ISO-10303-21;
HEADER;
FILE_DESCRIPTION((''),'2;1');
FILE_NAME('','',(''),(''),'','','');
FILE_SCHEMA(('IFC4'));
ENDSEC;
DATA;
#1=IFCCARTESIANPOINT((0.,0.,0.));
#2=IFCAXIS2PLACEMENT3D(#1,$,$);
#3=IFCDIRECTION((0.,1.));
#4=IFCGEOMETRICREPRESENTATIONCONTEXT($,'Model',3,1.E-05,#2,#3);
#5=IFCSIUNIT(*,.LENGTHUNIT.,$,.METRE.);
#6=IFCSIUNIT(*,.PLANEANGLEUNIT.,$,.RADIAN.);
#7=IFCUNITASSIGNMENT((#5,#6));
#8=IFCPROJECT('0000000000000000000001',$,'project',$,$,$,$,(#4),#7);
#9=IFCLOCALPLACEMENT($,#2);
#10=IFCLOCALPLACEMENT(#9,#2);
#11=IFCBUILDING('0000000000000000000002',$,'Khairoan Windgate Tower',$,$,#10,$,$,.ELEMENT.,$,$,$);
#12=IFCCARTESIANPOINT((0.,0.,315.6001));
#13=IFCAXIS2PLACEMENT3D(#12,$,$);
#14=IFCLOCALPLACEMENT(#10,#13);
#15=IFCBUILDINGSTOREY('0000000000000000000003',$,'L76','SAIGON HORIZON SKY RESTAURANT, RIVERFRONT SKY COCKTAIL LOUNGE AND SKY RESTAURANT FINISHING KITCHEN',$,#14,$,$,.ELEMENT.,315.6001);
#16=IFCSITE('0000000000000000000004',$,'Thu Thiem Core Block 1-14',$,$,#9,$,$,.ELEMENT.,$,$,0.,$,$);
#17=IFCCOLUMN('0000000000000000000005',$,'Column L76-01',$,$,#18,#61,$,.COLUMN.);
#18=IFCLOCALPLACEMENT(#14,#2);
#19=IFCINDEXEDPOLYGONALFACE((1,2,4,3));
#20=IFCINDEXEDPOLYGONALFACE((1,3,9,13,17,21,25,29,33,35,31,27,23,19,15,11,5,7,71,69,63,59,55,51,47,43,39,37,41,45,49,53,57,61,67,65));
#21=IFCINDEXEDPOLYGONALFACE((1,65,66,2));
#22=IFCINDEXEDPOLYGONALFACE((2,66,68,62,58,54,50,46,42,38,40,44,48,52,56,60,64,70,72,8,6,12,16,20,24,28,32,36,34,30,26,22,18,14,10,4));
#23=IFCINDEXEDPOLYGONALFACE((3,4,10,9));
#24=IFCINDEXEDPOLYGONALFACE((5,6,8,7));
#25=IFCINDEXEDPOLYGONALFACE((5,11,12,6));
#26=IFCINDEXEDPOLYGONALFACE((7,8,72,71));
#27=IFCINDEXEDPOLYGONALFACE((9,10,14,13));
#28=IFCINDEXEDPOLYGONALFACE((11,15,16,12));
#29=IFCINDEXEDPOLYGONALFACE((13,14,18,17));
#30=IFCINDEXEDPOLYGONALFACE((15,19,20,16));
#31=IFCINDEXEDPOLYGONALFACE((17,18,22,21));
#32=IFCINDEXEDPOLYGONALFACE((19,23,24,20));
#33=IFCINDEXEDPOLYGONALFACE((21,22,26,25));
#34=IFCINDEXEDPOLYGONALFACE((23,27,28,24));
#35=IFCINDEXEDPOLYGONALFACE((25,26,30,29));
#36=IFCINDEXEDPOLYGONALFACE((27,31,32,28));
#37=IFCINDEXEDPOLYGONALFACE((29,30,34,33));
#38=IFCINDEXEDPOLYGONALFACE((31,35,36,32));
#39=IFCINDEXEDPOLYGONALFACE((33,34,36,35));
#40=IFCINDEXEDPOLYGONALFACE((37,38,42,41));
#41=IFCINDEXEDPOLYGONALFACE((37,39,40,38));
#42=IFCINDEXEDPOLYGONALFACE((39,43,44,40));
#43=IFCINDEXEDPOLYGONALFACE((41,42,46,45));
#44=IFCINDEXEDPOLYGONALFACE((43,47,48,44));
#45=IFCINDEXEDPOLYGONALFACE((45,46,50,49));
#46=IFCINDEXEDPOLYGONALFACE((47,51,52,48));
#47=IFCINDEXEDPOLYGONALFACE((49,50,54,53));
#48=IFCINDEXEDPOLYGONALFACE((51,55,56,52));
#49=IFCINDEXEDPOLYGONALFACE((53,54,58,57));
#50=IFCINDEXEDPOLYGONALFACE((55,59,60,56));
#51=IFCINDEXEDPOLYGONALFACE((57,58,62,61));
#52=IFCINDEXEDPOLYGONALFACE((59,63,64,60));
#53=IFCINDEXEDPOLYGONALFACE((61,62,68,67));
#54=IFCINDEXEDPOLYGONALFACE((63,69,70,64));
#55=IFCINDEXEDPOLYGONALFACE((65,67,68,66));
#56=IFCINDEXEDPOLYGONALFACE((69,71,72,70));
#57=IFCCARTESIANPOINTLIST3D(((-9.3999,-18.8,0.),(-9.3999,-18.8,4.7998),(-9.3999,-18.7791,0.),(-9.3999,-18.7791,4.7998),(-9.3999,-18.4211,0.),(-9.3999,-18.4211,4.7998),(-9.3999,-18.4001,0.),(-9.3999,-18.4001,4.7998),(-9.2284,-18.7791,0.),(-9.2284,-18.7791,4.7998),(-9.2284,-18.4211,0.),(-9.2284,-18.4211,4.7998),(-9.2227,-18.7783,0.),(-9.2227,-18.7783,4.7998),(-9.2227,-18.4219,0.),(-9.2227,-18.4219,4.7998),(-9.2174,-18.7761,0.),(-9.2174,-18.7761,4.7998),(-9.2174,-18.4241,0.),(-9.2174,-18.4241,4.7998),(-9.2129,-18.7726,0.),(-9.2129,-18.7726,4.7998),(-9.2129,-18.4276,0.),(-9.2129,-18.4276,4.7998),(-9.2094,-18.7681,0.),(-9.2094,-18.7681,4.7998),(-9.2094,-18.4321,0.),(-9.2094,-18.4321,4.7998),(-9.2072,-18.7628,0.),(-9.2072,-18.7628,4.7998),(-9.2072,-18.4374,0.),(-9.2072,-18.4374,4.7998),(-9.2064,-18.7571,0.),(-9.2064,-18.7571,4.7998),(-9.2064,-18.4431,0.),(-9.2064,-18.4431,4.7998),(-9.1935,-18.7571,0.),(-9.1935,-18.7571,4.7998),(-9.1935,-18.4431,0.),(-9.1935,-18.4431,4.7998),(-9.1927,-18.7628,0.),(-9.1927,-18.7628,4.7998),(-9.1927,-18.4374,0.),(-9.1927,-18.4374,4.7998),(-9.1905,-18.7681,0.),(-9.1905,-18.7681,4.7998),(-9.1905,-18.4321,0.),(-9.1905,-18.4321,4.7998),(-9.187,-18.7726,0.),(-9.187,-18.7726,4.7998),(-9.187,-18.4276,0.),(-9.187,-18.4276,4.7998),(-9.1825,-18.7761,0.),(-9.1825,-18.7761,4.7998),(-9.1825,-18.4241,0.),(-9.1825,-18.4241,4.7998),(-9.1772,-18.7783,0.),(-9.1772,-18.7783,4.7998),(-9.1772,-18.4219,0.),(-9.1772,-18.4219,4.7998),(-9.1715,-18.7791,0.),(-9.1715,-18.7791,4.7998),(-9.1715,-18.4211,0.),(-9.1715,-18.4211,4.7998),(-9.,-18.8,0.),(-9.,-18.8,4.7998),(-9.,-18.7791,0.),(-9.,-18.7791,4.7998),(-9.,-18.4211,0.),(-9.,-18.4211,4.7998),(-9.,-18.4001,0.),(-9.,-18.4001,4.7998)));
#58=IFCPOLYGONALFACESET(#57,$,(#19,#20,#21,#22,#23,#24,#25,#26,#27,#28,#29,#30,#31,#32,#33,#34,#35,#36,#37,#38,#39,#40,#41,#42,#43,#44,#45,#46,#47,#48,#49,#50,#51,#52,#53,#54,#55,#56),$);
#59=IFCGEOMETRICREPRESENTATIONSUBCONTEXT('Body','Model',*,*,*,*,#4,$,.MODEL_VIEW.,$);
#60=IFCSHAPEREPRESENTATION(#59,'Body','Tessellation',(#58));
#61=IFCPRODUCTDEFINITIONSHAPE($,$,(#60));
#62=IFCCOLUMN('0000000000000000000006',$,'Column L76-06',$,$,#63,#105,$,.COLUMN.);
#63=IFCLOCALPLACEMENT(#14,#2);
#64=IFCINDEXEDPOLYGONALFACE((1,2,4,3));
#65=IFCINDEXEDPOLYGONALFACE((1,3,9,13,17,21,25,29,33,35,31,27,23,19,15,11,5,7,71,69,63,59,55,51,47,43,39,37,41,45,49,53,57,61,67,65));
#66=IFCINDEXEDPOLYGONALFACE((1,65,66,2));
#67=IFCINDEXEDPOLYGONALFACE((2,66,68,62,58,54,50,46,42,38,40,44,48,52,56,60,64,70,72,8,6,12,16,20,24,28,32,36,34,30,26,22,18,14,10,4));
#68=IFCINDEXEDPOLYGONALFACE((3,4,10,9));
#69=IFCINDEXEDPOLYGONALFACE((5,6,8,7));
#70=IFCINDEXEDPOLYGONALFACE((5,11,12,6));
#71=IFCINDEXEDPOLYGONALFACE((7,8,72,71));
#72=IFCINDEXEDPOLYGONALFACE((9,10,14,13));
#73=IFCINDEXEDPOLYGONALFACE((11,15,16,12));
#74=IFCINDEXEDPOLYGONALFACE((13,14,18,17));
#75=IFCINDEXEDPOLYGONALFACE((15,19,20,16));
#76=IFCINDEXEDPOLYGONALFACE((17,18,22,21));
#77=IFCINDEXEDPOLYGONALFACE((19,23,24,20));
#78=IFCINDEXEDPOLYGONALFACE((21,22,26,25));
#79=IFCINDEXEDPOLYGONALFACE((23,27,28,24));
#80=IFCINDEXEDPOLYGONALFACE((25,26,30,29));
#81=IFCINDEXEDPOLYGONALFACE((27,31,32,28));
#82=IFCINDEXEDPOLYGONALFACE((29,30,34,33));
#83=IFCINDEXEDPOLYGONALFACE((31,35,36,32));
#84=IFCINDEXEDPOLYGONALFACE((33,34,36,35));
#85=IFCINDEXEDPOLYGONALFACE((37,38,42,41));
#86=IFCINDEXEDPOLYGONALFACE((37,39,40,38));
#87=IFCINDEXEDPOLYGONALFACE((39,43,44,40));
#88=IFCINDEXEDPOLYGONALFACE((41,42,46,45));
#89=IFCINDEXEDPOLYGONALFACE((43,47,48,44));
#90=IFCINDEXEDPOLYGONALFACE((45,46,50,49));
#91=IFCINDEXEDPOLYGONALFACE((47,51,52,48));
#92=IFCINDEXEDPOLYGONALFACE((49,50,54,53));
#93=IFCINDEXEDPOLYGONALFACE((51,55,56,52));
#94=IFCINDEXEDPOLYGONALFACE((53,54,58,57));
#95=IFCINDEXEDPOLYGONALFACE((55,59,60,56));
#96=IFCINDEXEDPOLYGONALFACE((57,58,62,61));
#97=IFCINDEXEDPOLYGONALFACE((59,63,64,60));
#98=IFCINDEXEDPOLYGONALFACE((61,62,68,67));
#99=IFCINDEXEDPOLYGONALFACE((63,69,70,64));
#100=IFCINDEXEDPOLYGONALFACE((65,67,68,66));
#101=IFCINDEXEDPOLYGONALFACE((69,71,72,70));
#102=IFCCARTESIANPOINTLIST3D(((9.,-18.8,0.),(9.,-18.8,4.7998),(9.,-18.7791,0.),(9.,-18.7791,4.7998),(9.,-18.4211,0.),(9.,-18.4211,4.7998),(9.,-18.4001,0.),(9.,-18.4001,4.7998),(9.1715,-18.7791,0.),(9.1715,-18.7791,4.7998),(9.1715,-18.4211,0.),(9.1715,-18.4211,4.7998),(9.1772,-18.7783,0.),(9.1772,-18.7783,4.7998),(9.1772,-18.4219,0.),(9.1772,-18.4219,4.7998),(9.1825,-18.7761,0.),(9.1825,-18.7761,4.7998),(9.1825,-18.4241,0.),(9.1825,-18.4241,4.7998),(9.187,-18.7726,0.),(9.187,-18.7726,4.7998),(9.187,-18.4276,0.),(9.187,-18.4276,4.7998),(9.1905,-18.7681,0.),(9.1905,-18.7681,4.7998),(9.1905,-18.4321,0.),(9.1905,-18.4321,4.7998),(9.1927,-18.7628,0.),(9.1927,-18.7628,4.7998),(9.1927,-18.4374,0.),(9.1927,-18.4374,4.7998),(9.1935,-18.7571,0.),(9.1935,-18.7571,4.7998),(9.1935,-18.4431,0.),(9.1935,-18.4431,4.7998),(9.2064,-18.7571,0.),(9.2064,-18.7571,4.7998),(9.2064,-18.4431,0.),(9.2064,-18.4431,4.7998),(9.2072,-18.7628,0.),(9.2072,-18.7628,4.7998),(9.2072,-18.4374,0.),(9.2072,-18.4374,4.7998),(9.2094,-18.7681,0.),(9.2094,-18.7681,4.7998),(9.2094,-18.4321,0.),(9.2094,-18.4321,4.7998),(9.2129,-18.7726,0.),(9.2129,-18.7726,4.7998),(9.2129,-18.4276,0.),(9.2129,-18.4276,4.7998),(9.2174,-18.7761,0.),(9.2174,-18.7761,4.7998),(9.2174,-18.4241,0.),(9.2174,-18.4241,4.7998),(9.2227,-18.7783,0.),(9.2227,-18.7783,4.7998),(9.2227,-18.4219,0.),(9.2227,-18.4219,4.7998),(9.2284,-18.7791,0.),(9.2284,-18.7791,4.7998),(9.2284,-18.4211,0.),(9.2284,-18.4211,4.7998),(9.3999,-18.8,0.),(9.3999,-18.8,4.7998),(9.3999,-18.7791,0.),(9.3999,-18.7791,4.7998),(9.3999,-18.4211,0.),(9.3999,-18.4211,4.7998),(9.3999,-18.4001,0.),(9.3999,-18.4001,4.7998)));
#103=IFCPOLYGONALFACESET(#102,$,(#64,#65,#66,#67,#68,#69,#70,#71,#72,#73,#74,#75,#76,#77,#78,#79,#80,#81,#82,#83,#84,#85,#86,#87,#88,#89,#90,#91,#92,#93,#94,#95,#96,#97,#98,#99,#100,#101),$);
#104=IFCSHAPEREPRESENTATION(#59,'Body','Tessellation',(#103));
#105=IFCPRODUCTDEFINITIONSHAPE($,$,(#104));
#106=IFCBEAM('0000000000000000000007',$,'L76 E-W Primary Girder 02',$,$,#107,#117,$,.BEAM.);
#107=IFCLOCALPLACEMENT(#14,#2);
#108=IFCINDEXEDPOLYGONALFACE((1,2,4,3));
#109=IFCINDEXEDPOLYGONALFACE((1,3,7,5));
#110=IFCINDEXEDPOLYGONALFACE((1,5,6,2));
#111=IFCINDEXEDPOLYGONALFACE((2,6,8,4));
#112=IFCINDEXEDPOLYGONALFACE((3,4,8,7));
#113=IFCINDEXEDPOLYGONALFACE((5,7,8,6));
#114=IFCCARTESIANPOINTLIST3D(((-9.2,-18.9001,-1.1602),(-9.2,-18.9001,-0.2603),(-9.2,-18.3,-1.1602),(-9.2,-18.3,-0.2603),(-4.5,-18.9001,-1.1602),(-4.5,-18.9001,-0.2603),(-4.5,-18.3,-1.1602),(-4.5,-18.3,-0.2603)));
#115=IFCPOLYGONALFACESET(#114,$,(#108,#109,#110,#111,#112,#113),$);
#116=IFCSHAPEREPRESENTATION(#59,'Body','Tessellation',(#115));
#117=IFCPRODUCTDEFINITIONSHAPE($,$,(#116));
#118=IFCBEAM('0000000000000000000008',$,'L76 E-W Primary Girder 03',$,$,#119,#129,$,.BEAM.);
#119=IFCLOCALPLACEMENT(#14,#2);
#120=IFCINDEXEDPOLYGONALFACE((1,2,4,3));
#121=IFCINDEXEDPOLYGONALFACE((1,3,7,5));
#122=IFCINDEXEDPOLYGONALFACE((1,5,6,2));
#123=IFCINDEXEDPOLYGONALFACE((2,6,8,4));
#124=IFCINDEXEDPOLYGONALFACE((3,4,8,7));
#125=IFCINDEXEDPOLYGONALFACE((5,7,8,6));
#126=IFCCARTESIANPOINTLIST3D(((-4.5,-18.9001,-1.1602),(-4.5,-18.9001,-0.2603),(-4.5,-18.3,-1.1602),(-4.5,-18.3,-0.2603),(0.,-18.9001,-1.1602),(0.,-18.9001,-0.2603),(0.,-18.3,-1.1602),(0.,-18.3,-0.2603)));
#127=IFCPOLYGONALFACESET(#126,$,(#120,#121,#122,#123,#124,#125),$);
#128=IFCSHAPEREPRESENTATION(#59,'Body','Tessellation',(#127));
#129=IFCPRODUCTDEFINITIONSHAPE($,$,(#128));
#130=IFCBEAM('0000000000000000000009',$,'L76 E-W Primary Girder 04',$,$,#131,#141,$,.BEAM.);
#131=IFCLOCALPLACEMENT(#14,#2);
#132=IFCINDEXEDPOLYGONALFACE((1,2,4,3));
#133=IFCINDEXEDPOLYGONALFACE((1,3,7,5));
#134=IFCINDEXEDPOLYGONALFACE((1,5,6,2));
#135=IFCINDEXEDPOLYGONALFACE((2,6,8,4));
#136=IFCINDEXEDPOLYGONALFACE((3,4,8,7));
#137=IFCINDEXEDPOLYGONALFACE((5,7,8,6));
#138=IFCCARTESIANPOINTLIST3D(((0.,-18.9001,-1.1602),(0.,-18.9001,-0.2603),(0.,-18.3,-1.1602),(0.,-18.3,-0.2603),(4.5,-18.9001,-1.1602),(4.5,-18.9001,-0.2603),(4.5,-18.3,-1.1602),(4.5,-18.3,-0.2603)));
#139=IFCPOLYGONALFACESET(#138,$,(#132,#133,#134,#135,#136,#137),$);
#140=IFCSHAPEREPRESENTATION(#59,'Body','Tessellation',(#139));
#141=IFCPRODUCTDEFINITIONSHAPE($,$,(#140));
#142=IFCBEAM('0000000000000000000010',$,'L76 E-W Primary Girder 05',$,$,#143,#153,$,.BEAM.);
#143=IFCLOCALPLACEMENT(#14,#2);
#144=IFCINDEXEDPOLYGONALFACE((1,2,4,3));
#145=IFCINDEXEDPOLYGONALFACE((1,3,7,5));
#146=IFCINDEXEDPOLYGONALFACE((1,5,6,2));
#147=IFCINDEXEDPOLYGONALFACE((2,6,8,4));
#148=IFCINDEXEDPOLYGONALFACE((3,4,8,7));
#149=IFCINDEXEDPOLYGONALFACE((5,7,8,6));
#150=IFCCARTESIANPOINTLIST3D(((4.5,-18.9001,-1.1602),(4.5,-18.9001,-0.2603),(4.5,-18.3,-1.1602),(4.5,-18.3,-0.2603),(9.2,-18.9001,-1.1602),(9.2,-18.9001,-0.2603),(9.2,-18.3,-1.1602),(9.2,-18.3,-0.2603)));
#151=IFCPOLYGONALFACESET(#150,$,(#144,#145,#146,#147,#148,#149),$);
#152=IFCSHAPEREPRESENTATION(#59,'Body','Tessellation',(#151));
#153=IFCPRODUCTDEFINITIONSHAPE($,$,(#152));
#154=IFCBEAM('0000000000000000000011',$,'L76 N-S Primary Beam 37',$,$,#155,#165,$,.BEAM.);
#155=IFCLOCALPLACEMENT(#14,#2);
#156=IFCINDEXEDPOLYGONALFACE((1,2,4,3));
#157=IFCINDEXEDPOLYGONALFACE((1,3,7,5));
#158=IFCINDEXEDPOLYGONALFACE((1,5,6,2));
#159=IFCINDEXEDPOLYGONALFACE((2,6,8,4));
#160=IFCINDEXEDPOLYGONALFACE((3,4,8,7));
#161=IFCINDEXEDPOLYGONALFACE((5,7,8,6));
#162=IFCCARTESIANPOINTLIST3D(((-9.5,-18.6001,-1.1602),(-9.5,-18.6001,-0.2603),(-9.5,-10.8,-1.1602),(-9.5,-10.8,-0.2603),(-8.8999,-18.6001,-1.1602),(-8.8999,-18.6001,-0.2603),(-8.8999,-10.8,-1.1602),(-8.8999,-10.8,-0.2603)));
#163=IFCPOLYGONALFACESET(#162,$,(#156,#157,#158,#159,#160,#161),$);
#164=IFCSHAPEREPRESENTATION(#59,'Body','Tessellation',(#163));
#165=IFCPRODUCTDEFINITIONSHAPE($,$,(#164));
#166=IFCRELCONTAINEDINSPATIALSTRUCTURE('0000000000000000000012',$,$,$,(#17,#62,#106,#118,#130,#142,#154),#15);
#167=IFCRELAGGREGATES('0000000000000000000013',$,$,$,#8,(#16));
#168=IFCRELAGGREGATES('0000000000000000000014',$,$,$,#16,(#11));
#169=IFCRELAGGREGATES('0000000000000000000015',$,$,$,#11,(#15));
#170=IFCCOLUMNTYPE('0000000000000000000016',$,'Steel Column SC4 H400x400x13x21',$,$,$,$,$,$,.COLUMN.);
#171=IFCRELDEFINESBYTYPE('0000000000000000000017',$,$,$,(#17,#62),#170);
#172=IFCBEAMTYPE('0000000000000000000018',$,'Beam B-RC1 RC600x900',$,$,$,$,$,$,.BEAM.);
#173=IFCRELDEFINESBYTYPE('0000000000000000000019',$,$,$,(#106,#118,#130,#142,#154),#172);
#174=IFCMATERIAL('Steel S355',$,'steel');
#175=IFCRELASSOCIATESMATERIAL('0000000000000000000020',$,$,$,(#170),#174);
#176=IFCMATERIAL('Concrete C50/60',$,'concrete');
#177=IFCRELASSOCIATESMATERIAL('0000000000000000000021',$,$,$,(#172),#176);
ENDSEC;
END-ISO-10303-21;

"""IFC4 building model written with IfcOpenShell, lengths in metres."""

from ifc_helpers import new_model, si_unit, direction, frame, origin, origin_2d, place, context, subcontext, project, spatial, rectangle, i_section, extrude, material, material_profile, profile_set, type_object, element, save


model = new_model("IFC4")

# Units and contexts
model_context = context("Model", 3, precision=1e-05, world=origin(), true_north=direction((0.0, 1.0)))
body_context = subcontext(model_context, "Body", "Model", "MODEL_VIEW")
ifc_project = project(units=[si_unit("LENGTHUNIT", "METRE"), si_unit("PLANEANGLEUNIT", "RADIAN")], contexts=[model_context])

# Site, building, storey
site_placement = place(None, origin())
site = spatial("IfcSite", under=ifc_project, at=site_placement, Name="Thu Thiem Core Block 1-14", CompositionType="ELEMENT", RefElevation=0.0)
building_placement = place(site_placement, origin())
building = spatial("IfcBuilding", under=site, at=building_placement, Name="Khairoan Windgate Tower", CompositionType="ELEMENT")
storey_placement = place(building_placement, frame((0.0, 0.0, 315.6001)))
storey = spatial("IfcBuildingStorey", under=building, at=storey_placement, Name="L76", Description="SAIGON HORIZON SKY RESTAURANT, RIVERFRONT SKY COCKTAIL LOUNGE AND SKY RESTAURANT FINISHING KITCHEN", CompositionType="ELEMENT", Elevation=315.6001)

# Columns
ifc_material_1 = material(Name="Steel S355", Category="steel")
ifc_material_profile_1 = material_profile(ifc_material_1, i_section(OverallWidth=0.3999, OverallDepth=0.3999, WebThickness=0.0129, FlangeThickness=0.021, FilletRadius=0.022, at=origin_2d()))
ifc_profile_set_1 = profile_set([ifc_material_profile_1], Name="Steel S355")
column_type = type_object("IfcColumnType", Name="Steel Column SC4 H400x400x13x21", PredefinedType="COLUMN", material=ifc_profile_set_1)
for number, where, z_axis, x_axis, name in (
    (1, (-9.2, -18.6001, 0.0), (0.0, 0.0, 1.0), (1.0, 0.0, 0.0), "Column L76-01"),
    (2, (9.2, -18.6001, 0.0), (0.0, 0.0, 1.0), (1.0, 0.0, 0.0), "Column L76-06"),
):
    element("IfcColumn", number, at=place(storey_placement, frame(where, z_axis=z_axis, x_axis=x_axis)), inside=storey, type_object=column_type, Name=name, PredefinedType="COLUMN", context=body_context, shape_type="SweptSolid", body=[
        extrude(i_section(OverallWidth=0.3999, OverallDepth=0.3999, WebThickness=0.0129, FlangeThickness=0.021, FilletRadius=0.022, at=origin_2d()), origin(), (0.0, 0.0, 1.0), 4.7998),
    ])

# Beams
ifc_material_2 = material(Name="Concrete C50/60", Category="concrete")
ifc_material_profile_2 = material_profile(ifc_material_2, rectangle(XDim=0.6001, YDim=0.8999, at=origin_2d()))
ifc_profile_set_2 = profile_set([ifc_material_profile_2], Name="Concrete C50/60")
beam_type = type_object("IfcBeamType", Name="Beam B-RC1 RC600x900", PredefinedType="BEAM", material=ifc_profile_set_2)
beam_1_placement = place(storey_placement, frame((-9.2, -18.6001, -0.7102), z_axis=(1.0, 0.0, 0.0), x_axis=(0.0, 1.0, 0.0)))
element("IfcBeam", 3, at=beam_1_placement, inside=storey, type_object=beam_type, Name="L76 E-W Primary Girder 02", PredefinedType="BEAM", context=body_context, shape_type="SweptSolid", body=[
    extrude(rectangle(XDim=0.6001, YDim=0.8999, at=origin_2d()), origin(), (0.0, 0.0, 1.0), 4.7),
])
for number, where, z_axis, x_axis, name in (
    (4, (-4.5, -18.6001, -0.7102), (1.0, 0.0, 0.0), (0.0, 1.0, 0.0), "L76 E-W Primary Girder 03"),
    (5, (0.0, -18.6001, -0.7102), (1.0, 0.0, 0.0), (0.0, 1.0, 0.0), "L76 E-W Primary Girder 04"),
):
    element("IfcBeam", number, at=place(storey_placement, frame(where, z_axis=z_axis, x_axis=x_axis)), inside=storey, type_object=beam_type, Name=name, PredefinedType="BEAM", context=body_context, shape_type="SweptSolid", body=[
        extrude(rectangle(XDim=0.6001, YDim=0.8999, at=origin_2d()), origin(), (0.0, 0.0, 1.0), 4.5),
    ])
beam_2_placement = place(storey_placement, frame((4.5, -18.6001, -0.7102), z_axis=(1.0, 0.0, 0.0), x_axis=(0.0, 1.0, 0.0)))
element("IfcBeam", 6, at=beam_2_placement, inside=storey, type_object=beam_type, Name="L76 E-W Primary Girder 05", PredefinedType="BEAM", context=body_context, shape_type="SweptSolid", body=[
    extrude(rectangle(XDim=0.6001, YDim=0.8999, at=origin_2d()), origin(), (0.0, 0.0, 1.0), 4.7),
])
beam_3_placement = place(storey_placement, frame((-9.2, -18.6001, -0.7102), z_axis=(0.0, 1.0, 0.0), x_axis=(-1.0, 0.0, 0.0)))
element("IfcBeam", 7, at=beam_3_placement, inside=storey, type_object=beam_type, Name="L76 N-S Primary Beam 37", PredefinedType="BEAM", context=body_context, shape_type="SweptSolid", body=[
    extrude(rectangle(XDim=0.6001, YDim=0.8999, at=origin_2d()), origin(), (0.0, 0.0, 1.0), 7.8),
])

save(model, "model.ifc")
